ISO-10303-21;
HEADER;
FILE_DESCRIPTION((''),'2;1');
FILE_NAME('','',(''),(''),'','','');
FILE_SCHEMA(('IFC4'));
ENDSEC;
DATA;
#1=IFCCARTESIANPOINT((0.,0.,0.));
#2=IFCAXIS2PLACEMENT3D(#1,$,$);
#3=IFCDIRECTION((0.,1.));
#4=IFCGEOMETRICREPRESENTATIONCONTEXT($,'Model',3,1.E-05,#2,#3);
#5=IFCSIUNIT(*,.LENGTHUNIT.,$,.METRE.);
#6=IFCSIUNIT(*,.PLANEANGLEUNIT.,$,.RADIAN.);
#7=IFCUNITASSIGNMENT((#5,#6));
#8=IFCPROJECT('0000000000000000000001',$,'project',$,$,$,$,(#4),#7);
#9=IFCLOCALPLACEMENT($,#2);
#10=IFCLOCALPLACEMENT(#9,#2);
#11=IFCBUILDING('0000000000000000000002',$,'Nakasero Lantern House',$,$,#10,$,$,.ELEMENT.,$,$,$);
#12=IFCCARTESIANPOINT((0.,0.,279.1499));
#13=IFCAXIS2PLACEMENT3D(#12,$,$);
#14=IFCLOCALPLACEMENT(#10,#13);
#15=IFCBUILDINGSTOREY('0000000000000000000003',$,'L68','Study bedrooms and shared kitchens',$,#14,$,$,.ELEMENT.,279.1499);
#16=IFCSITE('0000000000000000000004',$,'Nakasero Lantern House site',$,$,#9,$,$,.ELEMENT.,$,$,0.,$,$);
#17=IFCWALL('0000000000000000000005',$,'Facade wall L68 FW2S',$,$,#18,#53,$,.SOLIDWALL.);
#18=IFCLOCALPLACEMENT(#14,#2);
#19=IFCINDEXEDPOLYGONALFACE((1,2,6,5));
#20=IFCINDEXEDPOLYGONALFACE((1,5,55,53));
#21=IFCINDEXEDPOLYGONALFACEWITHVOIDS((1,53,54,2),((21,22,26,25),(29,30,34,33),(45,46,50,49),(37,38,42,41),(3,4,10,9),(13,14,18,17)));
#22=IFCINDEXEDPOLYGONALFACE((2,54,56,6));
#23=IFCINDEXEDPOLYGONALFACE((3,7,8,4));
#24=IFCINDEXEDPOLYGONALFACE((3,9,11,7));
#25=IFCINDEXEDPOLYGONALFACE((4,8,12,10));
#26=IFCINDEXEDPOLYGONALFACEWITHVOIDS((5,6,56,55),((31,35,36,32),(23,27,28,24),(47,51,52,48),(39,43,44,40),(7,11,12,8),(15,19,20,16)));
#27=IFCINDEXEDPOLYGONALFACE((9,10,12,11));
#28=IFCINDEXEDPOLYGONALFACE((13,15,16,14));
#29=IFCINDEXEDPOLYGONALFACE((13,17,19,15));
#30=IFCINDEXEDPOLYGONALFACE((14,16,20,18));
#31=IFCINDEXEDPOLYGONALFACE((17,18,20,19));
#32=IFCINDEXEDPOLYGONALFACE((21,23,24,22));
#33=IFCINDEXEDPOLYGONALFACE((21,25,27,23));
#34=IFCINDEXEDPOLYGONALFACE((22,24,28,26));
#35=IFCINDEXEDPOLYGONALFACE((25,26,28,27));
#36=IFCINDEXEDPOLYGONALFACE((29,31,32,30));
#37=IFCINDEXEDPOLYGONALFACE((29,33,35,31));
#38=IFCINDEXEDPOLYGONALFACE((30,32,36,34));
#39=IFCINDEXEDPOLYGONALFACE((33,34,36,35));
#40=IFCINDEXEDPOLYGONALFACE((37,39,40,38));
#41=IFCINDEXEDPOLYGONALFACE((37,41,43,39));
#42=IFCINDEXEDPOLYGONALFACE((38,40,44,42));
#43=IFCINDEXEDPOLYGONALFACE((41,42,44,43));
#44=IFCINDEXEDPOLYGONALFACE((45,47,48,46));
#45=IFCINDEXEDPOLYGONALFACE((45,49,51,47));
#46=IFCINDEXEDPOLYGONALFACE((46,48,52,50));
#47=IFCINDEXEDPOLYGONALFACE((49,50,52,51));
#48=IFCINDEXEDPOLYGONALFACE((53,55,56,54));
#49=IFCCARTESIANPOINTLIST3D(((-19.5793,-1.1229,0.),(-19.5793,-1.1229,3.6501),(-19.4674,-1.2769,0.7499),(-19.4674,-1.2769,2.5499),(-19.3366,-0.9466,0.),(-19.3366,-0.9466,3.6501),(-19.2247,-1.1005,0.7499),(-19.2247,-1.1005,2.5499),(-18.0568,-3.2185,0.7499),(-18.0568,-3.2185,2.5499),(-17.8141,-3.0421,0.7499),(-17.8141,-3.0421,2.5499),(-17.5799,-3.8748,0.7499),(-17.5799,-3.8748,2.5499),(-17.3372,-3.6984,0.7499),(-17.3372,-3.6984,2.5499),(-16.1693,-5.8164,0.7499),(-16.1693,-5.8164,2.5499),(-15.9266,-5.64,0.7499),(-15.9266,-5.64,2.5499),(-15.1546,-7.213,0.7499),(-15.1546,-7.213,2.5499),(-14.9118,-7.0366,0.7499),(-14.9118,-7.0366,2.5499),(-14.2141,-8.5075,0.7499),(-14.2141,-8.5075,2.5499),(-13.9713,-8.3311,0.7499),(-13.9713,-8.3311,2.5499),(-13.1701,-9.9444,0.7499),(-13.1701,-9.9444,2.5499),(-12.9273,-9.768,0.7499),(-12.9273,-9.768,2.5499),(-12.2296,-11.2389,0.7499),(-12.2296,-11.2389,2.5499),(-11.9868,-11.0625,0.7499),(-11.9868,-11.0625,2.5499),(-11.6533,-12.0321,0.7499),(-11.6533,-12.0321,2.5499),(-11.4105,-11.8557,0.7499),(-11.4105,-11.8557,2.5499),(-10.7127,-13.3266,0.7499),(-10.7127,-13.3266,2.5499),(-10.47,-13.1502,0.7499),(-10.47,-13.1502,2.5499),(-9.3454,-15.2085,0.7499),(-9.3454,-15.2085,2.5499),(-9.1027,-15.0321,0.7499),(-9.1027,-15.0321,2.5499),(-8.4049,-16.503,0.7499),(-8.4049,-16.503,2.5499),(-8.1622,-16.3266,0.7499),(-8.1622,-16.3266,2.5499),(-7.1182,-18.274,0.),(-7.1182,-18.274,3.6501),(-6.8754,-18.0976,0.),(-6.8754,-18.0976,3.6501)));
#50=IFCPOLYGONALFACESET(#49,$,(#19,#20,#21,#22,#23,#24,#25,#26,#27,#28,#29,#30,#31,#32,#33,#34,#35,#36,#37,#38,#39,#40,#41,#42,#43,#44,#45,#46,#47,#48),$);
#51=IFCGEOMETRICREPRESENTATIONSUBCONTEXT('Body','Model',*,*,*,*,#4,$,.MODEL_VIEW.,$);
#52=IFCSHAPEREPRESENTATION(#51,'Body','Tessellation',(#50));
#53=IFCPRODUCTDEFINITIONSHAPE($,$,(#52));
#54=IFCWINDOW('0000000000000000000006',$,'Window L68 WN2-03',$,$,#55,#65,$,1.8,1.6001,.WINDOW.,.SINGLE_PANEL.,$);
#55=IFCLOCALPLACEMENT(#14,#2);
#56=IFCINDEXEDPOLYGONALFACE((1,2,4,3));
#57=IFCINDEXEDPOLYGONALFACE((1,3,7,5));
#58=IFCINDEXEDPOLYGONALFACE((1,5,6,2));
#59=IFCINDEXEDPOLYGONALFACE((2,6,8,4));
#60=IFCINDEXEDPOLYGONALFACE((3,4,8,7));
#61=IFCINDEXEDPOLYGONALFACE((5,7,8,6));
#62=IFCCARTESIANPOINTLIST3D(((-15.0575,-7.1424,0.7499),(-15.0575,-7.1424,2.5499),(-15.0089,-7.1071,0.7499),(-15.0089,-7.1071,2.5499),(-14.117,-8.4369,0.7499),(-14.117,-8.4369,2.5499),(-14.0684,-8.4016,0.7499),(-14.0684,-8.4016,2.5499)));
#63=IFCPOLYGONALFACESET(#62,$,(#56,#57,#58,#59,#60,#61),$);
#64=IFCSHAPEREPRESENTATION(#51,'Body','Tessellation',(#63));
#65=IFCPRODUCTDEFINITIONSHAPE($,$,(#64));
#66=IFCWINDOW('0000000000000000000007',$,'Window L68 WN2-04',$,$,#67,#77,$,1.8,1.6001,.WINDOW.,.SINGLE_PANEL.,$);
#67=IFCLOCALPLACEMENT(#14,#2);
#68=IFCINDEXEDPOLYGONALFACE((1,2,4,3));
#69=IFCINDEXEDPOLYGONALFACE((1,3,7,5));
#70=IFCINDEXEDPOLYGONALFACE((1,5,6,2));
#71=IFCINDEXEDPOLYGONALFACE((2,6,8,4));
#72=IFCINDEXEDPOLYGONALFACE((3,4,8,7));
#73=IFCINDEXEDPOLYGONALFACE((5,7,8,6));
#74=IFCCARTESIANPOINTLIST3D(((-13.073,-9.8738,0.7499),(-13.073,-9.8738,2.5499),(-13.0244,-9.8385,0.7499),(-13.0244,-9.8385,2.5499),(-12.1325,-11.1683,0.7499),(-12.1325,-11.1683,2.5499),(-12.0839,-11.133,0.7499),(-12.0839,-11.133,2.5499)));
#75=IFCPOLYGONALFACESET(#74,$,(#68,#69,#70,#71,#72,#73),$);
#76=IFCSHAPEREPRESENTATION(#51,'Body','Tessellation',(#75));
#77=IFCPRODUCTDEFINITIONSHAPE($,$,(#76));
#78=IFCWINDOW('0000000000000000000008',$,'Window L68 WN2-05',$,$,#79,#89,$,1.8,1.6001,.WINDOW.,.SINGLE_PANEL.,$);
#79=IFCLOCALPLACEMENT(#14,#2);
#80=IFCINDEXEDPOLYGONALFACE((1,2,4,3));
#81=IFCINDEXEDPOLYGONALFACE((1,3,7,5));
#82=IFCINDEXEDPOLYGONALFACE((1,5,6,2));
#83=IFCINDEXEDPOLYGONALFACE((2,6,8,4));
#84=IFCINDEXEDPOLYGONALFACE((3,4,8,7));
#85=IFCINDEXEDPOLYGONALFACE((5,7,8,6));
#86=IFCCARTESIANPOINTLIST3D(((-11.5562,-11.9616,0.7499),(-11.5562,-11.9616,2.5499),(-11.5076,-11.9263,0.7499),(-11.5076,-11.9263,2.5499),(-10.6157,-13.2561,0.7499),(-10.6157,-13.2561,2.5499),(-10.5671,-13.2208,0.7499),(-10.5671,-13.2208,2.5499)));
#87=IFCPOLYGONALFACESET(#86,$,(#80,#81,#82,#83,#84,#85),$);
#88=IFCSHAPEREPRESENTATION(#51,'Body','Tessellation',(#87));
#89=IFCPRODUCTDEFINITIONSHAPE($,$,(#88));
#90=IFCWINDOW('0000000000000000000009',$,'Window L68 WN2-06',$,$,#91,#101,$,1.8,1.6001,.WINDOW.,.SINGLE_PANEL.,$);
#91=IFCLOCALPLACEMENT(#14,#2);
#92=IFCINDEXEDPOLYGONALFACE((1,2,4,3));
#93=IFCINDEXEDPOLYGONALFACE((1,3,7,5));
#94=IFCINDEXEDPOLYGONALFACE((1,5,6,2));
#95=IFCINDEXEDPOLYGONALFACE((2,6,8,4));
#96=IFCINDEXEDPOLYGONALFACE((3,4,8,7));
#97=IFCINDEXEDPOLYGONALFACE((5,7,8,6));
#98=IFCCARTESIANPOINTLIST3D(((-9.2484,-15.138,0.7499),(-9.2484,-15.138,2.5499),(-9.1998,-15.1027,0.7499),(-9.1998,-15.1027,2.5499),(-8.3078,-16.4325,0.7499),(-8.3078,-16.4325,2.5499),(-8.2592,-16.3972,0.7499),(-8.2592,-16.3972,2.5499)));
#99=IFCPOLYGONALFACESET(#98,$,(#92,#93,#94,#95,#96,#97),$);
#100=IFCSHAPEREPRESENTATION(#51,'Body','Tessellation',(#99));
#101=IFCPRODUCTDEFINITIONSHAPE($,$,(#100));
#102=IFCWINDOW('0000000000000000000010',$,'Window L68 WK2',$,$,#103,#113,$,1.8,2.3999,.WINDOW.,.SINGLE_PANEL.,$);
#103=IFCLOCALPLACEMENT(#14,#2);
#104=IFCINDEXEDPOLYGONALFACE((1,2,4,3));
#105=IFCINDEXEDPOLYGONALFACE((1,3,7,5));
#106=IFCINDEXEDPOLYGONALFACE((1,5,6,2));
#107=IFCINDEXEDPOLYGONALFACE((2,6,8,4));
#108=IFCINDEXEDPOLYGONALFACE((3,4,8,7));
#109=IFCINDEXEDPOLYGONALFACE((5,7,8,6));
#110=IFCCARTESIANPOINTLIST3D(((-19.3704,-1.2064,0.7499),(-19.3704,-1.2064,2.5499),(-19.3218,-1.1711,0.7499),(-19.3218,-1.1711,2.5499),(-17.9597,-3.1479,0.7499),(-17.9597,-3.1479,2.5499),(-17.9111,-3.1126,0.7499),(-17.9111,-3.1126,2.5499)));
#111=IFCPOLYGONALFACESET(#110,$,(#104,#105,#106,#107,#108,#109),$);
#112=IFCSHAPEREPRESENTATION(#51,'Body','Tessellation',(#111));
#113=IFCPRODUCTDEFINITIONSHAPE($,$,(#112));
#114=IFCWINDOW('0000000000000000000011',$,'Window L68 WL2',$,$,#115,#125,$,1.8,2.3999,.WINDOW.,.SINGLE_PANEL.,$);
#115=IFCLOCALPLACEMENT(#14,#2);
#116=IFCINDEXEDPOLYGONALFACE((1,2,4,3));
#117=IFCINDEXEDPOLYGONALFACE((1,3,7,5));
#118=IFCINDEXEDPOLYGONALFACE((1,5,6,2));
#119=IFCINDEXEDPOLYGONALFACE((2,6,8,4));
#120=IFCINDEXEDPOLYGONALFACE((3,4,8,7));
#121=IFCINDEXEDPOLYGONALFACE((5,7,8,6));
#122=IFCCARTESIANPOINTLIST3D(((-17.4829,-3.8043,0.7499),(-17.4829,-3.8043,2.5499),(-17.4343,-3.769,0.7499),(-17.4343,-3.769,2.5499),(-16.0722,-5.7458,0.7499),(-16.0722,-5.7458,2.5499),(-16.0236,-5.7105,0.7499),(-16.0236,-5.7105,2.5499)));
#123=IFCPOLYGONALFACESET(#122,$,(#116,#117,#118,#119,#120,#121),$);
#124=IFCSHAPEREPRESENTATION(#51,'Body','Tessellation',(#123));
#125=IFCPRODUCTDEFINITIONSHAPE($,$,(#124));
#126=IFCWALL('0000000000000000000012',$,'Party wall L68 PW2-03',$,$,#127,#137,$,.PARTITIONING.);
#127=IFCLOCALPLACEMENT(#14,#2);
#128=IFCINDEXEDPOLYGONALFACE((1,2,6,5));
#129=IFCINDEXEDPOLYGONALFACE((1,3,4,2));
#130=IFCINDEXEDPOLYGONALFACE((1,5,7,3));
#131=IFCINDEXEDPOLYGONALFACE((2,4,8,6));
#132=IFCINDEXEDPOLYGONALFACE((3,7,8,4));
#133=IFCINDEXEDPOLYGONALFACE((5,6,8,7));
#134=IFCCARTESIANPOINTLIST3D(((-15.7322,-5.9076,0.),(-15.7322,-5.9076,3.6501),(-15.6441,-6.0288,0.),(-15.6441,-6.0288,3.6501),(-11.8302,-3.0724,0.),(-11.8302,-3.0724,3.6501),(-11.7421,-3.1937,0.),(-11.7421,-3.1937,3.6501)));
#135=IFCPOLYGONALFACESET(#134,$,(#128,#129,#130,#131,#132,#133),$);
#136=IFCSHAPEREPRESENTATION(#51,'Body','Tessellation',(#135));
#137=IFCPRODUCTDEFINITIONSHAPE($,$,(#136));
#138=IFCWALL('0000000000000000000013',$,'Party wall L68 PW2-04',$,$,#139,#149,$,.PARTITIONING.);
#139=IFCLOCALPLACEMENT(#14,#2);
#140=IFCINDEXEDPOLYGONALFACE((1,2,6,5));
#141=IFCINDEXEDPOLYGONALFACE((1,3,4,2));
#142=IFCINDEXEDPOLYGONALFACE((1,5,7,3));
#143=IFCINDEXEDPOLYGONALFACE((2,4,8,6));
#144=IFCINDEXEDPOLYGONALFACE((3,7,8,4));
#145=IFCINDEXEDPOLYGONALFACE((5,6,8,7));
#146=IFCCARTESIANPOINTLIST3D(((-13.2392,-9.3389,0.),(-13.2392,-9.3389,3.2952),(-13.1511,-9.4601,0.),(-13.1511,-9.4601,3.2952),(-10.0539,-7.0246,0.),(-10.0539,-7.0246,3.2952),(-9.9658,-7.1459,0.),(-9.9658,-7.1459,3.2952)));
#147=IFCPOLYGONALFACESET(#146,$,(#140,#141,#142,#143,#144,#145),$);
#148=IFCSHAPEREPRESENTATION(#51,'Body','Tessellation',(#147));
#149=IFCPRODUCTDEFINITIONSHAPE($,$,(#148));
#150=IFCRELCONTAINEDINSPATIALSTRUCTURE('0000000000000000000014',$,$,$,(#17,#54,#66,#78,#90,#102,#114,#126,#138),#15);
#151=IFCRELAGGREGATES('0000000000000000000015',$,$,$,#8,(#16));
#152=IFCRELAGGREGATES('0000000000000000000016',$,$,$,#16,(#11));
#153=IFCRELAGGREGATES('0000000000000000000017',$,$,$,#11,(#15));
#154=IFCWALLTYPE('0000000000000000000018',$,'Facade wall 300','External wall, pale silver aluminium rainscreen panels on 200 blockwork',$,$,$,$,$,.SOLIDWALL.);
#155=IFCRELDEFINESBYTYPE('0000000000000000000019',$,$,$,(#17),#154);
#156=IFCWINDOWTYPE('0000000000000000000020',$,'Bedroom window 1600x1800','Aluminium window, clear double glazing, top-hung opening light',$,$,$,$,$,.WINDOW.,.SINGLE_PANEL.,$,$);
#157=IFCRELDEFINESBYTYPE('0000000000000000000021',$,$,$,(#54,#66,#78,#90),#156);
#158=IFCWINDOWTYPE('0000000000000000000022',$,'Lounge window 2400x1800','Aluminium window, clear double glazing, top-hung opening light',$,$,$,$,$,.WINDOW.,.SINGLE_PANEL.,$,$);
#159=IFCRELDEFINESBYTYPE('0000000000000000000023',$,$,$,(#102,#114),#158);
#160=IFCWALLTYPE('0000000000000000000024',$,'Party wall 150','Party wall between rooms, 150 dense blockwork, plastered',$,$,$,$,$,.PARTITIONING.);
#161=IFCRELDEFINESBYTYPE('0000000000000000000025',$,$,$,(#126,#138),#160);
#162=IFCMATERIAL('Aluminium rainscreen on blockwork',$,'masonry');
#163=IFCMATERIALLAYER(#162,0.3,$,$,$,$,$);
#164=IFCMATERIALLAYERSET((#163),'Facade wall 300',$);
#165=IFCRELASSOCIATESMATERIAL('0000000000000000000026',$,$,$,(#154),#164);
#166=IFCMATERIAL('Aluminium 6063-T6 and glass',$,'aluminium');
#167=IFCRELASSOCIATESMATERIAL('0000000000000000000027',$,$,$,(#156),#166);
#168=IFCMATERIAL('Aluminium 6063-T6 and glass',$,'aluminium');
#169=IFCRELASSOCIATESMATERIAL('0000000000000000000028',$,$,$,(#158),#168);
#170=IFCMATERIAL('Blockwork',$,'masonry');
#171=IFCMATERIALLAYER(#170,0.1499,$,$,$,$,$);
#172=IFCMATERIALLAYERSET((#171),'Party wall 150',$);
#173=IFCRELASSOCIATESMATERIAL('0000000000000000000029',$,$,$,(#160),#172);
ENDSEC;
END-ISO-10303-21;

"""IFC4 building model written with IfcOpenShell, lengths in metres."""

from ifc_helpers import new_model, si_unit, direction, frame, frame_2d, origin, place, context, subcontext, project, spatial, rectangle, extrude, material, layer, layer_set, type_object, element, fill, save


model = new_model("IFC4")

# Units and contexts
model_context = context("Model", 3, precision=1e-05, world=origin(), true_north=direction((0.0, 1.0)))
body_context = subcontext(model_context, "Body", "Model", "MODEL_VIEW")
ifc_project = project(units=[si_unit("LENGTHUNIT", "METRE"), si_unit("PLANEANGLEUNIT", "RADIAN")], contexts=[model_context])

# Site, building, storey
site_placement = place(None, origin())
site = spatial("IfcSite", under=ifc_project, at=site_placement, Name="Nakasero Lantern House site", CompositionType="ELEMENT", RefElevation=0.0)
building_placement = place(site_placement, origin())
building = spatial("IfcBuilding", under=site, at=building_placement, Name="Nakasero Lantern House", CompositionType="ELEMENT")
storey_placement = place(building_placement, frame((0.0, 0.0, 279.1499)))
storey = spatial("IfcBuildingStorey", under=building, at=storey_placement, Name="L68", Description="Study bedrooms and shared kitchens", CompositionType="ELEMENT", Elevation=279.1499)

# Wall, openings, windows
ifc_material_1 = material(Name="Aluminium rainscreen on blockwork", Category="masonry")
ifc_layer_1 = layer(ifc_material_1, 0.3)
ifc_layer_set_1 = layer_set([ifc_layer_1], Name="Facade wall 300")
wall_type_1 = type_object("IfcWallType", Name="Facade wall 300", Description="External wall, pale silver aluminium rainscreen panels on 200 blockwork", PredefinedType="SOLIDWALL", material=ifc_layer_set_1)
wall_1_placement = place(storey_placement, frame((-19.458, -1.0347, 0.0), z_axis=(0.0, 0.0, 1.0), x_axis=(0.58779, -0.809013, 0.0)))
wall_1 = element("IfcWall", 1, at=wall_1_placement, inside=storey, type_object=wall_type_1, Name="Facade wall L68 FW2S", PredefinedType="SOLIDWALL", context=body_context, shape_type="SweptSolid", body=[
    extrude(rectangle(XDim=21.2, YDim=0.3, at=frame_2d((10.6001, 0.0))), origin(), (0.0, 0.0, 1.0), 3.6501),
])
opening_1_placement = place(wall_1_placement, frame((7.5278, 0.0, 0.75)))
opening_1 = element("IfcOpeningElement", 2, at=opening_1_placement, cuts=wall_1, PredefinedType="OPENING", context=body_context, shape_type="SweptSolid", body=[
    extrude(rectangle(XDim=1.6001, YDim=1.8, at=frame_2d((0.8, 0.8999))), frame((0.0, 0.1699, 0.0), z_axis=(0.0, -1.0, 0.0), x_axis=(1.0, 0.0, 0.0)), (0.0, 0.0, 1.0), 0.3401),
])
opening_2_placement = place(wall_1_placement, frame((10.9041, 0.0, 0.75)))
opening_2 = element("IfcOpeningElement", 3, at=opening_2_placement, cuts=wall_1, PredefinedType="OPENING", context=body_context, shape_type="SweptSolid", body=[
    extrude(rectangle(XDim=1.6001, YDim=1.8, at=frame_2d((0.8, 0.8999))), frame((0.0, 0.1699, 0.0), z_axis=(0.0, -1.0, 0.0), x_axis=(1.0, 0.0, 0.0)), (0.0, 0.0, 1.0), 0.3401),
])
opening_3_placement = place(wall_1_placement, frame((13.4846, 0.0, 0.75)))
opening_3 = element("IfcOpeningElement", 4, at=opening_3_placement, cuts=wall_1, PredefinedType="OPENING", context=body_context, shape_type="SweptSolid", body=[
    extrude(rectangle(XDim=1.6001, YDim=1.8, at=frame_2d((0.8, 0.8999))), frame((0.0, 0.1699, 0.0), z_axis=(0.0, -1.0, 0.0), x_axis=(1.0, 0.0, 0.0)), (0.0, 0.0, 1.0), 0.3401),
])
opening_4_placement = place(wall_1_placement, frame((17.4109, 0.0, 0.75)))
opening_4 = element("IfcOpeningElement", 5, at=opening_4_placement, cuts=wall_1, PredefinedType="OPENING", context=body_context, shape_type="SweptSolid", body=[
    extrude(rectangle(XDim=1.6001, YDim=1.8, at=frame_2d((0.8, 0.8999))), frame((0.0, 0.1699, 0.0), z_axis=(0.0, -1.0, 0.0), x_axis=(1.0, 0.0, 0.0)), (0.0, 0.0, 1.0), 0.3401),
])
opening_5_placement = place(wall_1_placement, frame((0.1904, 0.0, 0.75)))
opening_5 = element("IfcOpeningElement", 6, at=opening_5_placement, cuts=wall_1, PredefinedType="OPENING", context=body_context, shape_type="SweptSolid", body=[
    extrude(rectangle(XDim=2.3999, YDim=1.8, at=frame_2d((1.2, 0.8999))), frame((0.0, 0.1699, 0.0), z_axis=(0.0, -1.0, 0.0), x_axis=(1.0, 0.0, 0.0)), (0.0, 0.0, 1.0), 0.3401),
])
opening_6_placement = place(wall_1_placement, frame((3.4016, 0.0, 0.75)))
opening_6 = element("IfcOpeningElement", 7, at=opening_6_placement, cuts=wall_1, PredefinedType="OPENING", context=body_context, shape_type="SweptSolid", body=[
    extrude(rectangle(XDim=2.3999, YDim=1.8, at=frame_2d((1.2, 0.8999))), frame((0.0, 0.1699, 0.0), z_axis=(0.0, -1.0, 0.0), x_axis=(1.0, 0.0, 0.0)), (0.0, 0.0, 1.0), 0.3401),
])
ifc_material_2 = material(Name="Aluminium 6063-T6 and glass", Category="aluminium")
window_type_1 = type_object("IfcWindowType", Name="Bedroom window 1600x1800", Description="Aluminium window, clear double glazing, top-hung opening light", PartitioningType="SINGLE_PANEL", PredefinedType="WINDOW", material=ifc_material_2)
window_1_placement = place(opening_1_placement, origin())
window_1 = element("IfcWindow", 8, at=window_1_placement, inside=storey, type_object=window_type_1, Name="Window L68 WN2-03", OverallHeight=1.8, OverallWidth=1.6001, PartitioningType="SINGLE_PANEL", PredefinedType="WINDOW", context=body_context, shape_type="SweptSolid", body=[
    extrude(rectangle(XDim=1.6001, YDim=1.8, at=frame_2d((0.8, 0.8999))), frame((0.0, 0.03, 0.0), z_axis=(0.0, -1.0, 0.0), x_axis=(1.0, 0.0, 0.0)), (0.0, 0.0, 1.0), 0.0601),
])
fill(opening_1, window_1)
window_2_placement = place(opening_2_placement, origin())
window_2 = element("IfcWindow", 9, at=window_2_placement, inside=storey, type_object=window_type_1, Name="Window L68 WN2-04", OverallHeight=1.8, OverallWidth=1.6001, PartitioningType="SINGLE_PANEL", PredefinedType="WINDOW", context=body_context, shape_type="SweptSolid", body=[
    extrude(rectangle(XDim=1.6001, YDim=1.8, at=frame_2d((0.8, 0.8999))), frame((0.0, 0.03, 0.0), z_axis=(0.0, -1.0, 0.0), x_axis=(1.0, 0.0, 0.0)), (0.0, 0.0, 1.0), 0.0601),
])
fill(opening_2, window_2)
window_3_placement = place(opening_3_placement, origin())
window_3 = element("IfcWindow", 10, at=window_3_placement, inside=storey, type_object=window_type_1, Name="Window L68 WN2-05", OverallHeight=1.8, OverallWidth=1.6001, PartitioningType="SINGLE_PANEL", PredefinedType="WINDOW", context=body_context, shape_type="SweptSolid", body=[
    extrude(rectangle(XDim=1.6001, YDim=1.8, at=frame_2d((0.8, 0.8999))), frame((0.0, 0.03, 0.0), z_axis=(0.0, -1.0, 0.0), x_axis=(1.0, 0.0, 0.0)), (0.0, 0.0, 1.0), 0.0601),
])
fill(opening_3, window_3)
window_4_placement = place(opening_4_placement, origin())
window_4 = element("IfcWindow", 11, at=window_4_placement, inside=storey, type_object=window_type_1, Name="Window L68 WN2-06", OverallHeight=1.8, OverallWidth=1.6001, PartitioningType="SINGLE_PANEL", PredefinedType="WINDOW", context=body_context, shape_type="SweptSolid", body=[
    extrude(rectangle(XDim=1.6001, YDim=1.8, at=frame_2d((0.8, 0.8999))), frame((0.0, 0.03, 0.0), z_axis=(0.0, -1.0, 0.0), x_axis=(1.0, 0.0, 0.0)), (0.0, 0.0, 1.0), 0.0601),
])
fill(opening_4, window_4)
ifc_material_3 = material(Name="Aluminium 6063-T6 and glass", Category="aluminium")
window_type_2 = type_object("IfcWindowType", Name="Lounge window 2400x1800", Description="Aluminium window, clear double glazing, top-hung opening light", PartitioningType="SINGLE_PANEL", PredefinedType="WINDOW", material=ifc_material_3)
window_5_placement = place(opening_5_placement, origin())
window_5 = element("IfcWindow", 12, at=window_5_placement, inside=storey, type_object=window_type_2, Name="Window L68 WK2", OverallHeight=1.8, OverallWidth=2.3999, PartitioningType="SINGLE_PANEL", PredefinedType="WINDOW", context=body_context, shape_type="SweptSolid", body=[
    extrude(rectangle(XDim=2.3999, YDim=1.8, at=frame_2d((1.2, 0.8999))), frame((0.0, 0.03, 0.0), z_axis=(0.0, -1.0, 0.0), x_axis=(1.0, 0.0, 0.0)), (0.0, 0.0, 1.0), 0.0601),
])
fill(opening_5, window_5)
window_6_placement = place(opening_6_placement, origin())
window_6 = element("IfcWindow", 13, at=window_6_placement, inside=storey, type_object=window_type_2, Name="Window L68 WL2", OverallHeight=1.8, OverallWidth=2.3999, PartitioningType="SINGLE_PANEL", PredefinedType="WINDOW", context=body_context, shape_type="SweptSolid", body=[
    extrude(rectangle(XDim=2.3999, YDim=1.8, at=frame_2d((1.2, 0.8999))), frame((0.0, 0.03, 0.0), z_axis=(0.0, -1.0, 0.0), x_axis=(1.0, 0.0, 0.0)), (0.0, 0.0, 1.0), 0.0601),
])
fill(opening_6, window_6)

# Walls
ifc_material_4 = material(Name="Blockwork", Category="masonry")
ifc_layer_2 = layer(ifc_material_4, 0.1499)
ifc_layer_set_2 = layer_set([ifc_layer_2], Name="Party wall 150")
wall_type_2 = type_object("IfcWallType", Name="Party wall 150", Description="Party wall between rooms, 150 dense blockwork, plastered", PredefinedType="PARTITIONING", material=ifc_layer_set_2)
wall_2_placement = place(storey_placement, frame((-11.7861, -3.1331, 0.0), z_axis=(0.0, 0.0, 1.0), x_axis=(-0.809001, -0.587807, 0.0)))
element("IfcWall", 14, at=wall_2_placement, inside=storey, type_object=wall_type_2, Name="Party wall L68 PW2-03", PredefinedType="PARTITIONING", context=body_context, shape_type="SweptSolid", body=[
    extrude(rectangle(XDim=4.8232, YDim=0.1499, at=frame_2d((2.4116, 0.0))), origin(), (0.0, 0.0, 1.0), 3.6501),
])
wall_3_placement = place(storey_placement, frame((-10.0098, -7.0852, 0.0), z_axis=(0.0, 0.0, 1.0), x_axis=(-0.809023, -0.587777, 0.0)))
element("IfcWall", 15, at=wall_3_placement, inside=storey, type_object=wall_type_2, Name="Party wall L68 PW2-04", PredefinedType="PARTITIONING", context=body_context, shape_type="SweptSolid", body=[
    extrude(rectangle(XDim=3.9373, YDim=0.1499, at=frame_2d((1.9688, 0.0))), origin(), (0.0, 0.0, 1.0), 3.2952),
])

save(model, "model.ifc")
